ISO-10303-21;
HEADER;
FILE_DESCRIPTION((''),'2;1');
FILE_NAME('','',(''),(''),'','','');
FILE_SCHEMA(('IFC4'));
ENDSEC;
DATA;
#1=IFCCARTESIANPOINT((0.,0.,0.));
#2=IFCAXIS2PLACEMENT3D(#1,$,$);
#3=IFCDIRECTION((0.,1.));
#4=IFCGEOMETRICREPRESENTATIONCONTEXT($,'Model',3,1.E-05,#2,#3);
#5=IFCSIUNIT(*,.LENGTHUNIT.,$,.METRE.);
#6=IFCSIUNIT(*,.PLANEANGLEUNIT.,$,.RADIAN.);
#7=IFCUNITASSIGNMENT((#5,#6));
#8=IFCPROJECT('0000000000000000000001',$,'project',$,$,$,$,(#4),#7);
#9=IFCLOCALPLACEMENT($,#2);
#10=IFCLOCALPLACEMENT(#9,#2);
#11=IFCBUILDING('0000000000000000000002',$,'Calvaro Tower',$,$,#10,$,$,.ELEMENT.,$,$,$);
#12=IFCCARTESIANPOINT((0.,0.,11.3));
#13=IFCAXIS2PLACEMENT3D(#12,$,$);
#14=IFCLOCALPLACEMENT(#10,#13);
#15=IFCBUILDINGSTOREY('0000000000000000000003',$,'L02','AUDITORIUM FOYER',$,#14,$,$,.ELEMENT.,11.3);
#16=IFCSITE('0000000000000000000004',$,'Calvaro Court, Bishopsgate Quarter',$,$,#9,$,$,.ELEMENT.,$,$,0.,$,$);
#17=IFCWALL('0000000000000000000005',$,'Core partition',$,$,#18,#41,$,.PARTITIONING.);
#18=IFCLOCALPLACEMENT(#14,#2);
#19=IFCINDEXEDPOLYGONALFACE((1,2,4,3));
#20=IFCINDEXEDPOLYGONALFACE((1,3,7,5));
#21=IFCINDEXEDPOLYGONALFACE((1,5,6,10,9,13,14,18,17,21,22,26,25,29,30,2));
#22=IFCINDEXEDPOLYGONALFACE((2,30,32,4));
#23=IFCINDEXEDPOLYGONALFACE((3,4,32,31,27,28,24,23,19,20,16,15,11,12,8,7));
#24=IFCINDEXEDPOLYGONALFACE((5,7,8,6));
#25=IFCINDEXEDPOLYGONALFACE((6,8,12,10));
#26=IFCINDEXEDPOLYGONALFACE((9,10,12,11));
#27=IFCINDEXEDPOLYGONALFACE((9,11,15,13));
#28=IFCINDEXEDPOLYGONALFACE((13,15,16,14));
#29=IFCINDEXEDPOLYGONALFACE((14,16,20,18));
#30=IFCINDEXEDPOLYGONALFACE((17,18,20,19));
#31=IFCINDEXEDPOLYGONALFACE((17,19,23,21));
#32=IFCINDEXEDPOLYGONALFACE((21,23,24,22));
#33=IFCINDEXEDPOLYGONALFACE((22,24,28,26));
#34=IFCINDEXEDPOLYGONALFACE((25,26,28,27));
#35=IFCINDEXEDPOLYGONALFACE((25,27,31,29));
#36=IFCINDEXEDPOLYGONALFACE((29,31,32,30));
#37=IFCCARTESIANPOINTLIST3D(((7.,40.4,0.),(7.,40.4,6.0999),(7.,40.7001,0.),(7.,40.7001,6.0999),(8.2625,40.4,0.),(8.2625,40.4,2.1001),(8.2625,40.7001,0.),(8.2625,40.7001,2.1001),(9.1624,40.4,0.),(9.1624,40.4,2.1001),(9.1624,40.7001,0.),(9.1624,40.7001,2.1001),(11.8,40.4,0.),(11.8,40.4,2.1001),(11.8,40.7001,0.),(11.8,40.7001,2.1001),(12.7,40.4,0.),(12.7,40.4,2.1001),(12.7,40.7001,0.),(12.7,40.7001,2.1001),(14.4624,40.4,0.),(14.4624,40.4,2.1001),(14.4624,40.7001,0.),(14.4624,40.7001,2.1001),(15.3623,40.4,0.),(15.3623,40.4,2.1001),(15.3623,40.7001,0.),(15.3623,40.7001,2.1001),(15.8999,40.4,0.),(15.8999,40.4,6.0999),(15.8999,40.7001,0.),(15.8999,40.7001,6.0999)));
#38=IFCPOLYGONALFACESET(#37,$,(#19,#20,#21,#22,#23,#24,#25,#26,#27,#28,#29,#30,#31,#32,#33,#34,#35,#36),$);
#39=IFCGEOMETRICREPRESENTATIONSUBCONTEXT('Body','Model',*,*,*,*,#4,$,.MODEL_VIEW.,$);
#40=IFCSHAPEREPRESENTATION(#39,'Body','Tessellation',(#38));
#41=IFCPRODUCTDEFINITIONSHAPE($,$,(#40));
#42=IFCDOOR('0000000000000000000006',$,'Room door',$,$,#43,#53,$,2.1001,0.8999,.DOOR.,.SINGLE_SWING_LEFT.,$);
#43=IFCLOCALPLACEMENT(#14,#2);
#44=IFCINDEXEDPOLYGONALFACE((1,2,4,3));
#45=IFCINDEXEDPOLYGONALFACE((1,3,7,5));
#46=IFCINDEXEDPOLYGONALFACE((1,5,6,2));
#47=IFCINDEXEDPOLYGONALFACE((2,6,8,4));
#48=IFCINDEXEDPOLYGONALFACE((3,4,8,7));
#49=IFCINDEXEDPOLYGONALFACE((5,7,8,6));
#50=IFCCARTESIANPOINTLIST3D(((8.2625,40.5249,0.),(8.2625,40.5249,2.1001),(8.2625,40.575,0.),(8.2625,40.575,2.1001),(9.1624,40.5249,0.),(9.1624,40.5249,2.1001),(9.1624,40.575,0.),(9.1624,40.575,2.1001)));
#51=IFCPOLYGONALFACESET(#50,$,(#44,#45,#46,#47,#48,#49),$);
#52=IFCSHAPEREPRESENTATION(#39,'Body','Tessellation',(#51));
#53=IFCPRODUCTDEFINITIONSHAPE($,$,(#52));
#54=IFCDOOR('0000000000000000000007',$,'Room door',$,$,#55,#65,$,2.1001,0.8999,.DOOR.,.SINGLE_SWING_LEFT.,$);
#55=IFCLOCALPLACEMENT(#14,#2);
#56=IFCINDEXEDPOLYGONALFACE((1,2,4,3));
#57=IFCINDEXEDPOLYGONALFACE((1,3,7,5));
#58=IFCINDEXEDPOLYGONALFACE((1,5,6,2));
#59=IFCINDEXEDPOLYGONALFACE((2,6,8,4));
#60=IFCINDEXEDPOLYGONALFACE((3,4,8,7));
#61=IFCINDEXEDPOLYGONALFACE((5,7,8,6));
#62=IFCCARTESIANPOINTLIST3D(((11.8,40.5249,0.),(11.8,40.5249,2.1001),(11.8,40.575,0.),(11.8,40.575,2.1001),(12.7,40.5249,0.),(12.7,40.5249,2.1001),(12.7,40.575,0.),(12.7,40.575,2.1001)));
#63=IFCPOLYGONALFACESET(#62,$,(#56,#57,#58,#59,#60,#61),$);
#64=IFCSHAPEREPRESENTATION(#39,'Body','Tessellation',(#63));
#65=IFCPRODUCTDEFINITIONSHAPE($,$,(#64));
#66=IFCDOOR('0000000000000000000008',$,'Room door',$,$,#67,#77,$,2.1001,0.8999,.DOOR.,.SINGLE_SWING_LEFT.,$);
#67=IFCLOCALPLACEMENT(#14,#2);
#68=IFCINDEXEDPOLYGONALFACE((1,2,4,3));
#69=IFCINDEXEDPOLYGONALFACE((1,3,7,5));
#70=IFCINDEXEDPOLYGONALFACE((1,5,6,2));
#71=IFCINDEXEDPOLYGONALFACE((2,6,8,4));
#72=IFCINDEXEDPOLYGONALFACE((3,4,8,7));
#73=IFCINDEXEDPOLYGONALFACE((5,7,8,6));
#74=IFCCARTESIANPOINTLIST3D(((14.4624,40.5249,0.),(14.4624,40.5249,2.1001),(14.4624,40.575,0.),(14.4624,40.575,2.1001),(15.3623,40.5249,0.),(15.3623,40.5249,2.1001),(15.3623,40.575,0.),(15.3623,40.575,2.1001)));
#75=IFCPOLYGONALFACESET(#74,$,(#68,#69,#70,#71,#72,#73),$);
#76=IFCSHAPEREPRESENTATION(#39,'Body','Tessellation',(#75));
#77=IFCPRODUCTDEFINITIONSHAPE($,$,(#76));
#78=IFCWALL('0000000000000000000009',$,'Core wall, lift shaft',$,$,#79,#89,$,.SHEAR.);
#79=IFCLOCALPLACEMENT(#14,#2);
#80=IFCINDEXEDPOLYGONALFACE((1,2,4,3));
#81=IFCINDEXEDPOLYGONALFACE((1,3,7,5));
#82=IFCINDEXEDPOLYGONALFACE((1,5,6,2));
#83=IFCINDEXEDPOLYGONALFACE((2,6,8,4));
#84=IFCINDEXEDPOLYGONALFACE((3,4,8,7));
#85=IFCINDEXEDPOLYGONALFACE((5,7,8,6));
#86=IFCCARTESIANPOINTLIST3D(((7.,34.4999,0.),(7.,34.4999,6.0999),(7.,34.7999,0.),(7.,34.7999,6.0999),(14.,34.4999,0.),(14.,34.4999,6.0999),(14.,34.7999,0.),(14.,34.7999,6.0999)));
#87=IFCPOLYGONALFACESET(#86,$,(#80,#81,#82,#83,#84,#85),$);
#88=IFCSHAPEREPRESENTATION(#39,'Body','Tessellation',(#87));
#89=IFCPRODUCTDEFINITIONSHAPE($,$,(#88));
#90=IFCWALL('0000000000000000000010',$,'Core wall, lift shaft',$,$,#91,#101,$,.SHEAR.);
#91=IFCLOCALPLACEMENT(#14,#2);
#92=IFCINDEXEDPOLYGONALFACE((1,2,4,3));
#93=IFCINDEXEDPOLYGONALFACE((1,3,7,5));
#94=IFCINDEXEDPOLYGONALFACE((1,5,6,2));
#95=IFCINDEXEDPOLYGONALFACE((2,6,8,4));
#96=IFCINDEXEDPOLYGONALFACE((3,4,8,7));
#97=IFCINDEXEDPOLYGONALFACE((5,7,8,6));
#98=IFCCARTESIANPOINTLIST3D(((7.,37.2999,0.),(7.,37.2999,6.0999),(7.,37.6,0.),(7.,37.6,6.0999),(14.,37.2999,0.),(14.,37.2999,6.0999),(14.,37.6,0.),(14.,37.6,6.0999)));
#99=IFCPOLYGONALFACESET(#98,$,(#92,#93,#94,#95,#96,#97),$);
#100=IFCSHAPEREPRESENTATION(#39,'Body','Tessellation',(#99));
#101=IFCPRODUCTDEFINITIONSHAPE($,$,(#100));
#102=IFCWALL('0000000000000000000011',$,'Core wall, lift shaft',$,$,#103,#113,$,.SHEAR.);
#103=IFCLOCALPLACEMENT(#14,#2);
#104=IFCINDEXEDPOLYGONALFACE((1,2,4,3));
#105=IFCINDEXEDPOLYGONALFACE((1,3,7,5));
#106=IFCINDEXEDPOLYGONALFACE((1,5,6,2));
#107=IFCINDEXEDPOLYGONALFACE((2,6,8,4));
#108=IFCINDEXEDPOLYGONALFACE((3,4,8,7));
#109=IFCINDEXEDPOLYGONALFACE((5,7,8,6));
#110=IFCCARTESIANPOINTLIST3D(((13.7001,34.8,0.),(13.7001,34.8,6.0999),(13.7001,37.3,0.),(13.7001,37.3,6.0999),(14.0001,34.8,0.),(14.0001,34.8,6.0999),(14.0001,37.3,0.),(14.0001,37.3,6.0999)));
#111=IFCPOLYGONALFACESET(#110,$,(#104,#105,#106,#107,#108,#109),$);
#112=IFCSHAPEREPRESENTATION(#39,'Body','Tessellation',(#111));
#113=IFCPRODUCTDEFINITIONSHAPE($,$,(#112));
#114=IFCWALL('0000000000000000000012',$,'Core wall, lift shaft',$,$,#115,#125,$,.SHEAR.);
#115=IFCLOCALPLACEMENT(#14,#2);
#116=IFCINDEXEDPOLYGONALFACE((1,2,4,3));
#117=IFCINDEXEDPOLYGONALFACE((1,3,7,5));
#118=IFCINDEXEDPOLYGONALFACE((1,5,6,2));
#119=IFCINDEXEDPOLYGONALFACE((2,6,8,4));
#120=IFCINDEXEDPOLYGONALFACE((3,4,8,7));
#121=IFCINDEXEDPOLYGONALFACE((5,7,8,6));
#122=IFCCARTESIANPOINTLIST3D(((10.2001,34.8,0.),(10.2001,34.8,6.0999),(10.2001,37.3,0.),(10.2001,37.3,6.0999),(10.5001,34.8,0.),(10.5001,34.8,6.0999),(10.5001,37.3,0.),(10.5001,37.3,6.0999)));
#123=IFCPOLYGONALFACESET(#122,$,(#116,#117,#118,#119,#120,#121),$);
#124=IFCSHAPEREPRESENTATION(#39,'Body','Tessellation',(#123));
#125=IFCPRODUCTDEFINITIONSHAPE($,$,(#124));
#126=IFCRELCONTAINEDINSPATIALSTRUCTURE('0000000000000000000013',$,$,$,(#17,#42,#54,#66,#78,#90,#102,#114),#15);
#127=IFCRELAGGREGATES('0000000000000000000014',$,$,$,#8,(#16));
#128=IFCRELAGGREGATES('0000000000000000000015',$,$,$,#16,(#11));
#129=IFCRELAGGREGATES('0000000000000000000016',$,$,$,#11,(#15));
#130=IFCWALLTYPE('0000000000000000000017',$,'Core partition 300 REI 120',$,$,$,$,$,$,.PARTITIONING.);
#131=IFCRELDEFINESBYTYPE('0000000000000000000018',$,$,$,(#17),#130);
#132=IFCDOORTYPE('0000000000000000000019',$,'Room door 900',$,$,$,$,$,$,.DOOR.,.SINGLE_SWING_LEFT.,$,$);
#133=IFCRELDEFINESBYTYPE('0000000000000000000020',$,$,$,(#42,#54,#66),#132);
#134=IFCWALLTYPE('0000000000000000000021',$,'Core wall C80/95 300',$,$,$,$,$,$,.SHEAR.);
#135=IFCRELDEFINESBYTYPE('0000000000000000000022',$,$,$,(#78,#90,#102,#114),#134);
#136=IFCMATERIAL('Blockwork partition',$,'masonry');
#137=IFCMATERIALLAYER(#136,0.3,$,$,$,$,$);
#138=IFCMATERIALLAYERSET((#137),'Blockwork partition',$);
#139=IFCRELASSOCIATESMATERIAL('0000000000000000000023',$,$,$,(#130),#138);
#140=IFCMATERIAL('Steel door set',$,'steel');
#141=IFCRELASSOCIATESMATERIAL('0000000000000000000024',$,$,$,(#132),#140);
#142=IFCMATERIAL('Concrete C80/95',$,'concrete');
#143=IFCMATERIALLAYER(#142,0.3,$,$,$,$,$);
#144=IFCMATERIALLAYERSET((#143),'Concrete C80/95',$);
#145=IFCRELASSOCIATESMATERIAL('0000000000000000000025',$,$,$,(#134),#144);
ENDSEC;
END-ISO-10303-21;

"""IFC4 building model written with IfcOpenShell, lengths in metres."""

from ifc_helpers import new_model, si_unit, direction, frame, frame_2d, origin, place, context, subcontext, project, spatial, rectangle, extrude, material, layer, layer_set, type_object, element, fill, save


model = new_model("IFC4")

# Units and contexts
model_context = context("Model", 3, precision=1e-05, world=origin(), true_north=direction((0.0, 1.0)))
body_context = subcontext(model_context, "Body", "Model", "MODEL_VIEW")
ifc_project = project(units=[si_unit("LENGTHUNIT", "METRE"), si_unit("PLANEANGLEUNIT", "RADIAN")], contexts=[model_context])

# Site, building, storey
site_placement = place(None, origin())
site = spatial("IfcSite", under=ifc_project, at=site_placement, Name="Calvaro Court, Bishopsgate Quarter", CompositionType="ELEMENT", RefElevation=0.0)
building_placement = place(site_placement, origin())
building = spatial("IfcBuilding", under=site, at=building_placement, Name="Calvaro Tower", CompositionType="ELEMENT")
storey_placement = place(building_placement, frame((0.0, 0.0, 11.3)))
storey = spatial("IfcBuildingStorey", under=building, at=storey_placement, Name="L02", Description="AUDITORIUM FOYER", CompositionType="ELEMENT", Elevation=11.3)

# Wall, openings, doors
ifc_material_1 = material(Name="Blockwork partition", Category="masonry")
ifc_layer_1 = layer(ifc_material_1, 0.3)
ifc_layer_set_1 = layer_set([ifc_layer_1], Name="Blockwork partition")
wall_type_1 = type_object("IfcWallType", Name="Core partition 300 REI 120", PredefinedType="PARTITIONING", material=ifc_layer_set_1)
wall_1_placement = place(storey_placement, frame((7.0, 40.55, 0.0), z_axis=(0.0, 0.0, 1.0), x_axis=(1.0, 0.0, 0.0)))
wall_1 = element("IfcWall", 1, at=wall_1_placement, inside=storey, type_object=wall_type_1, Name="Core partition", PredefinedType="PARTITIONING", context=body_context, shape_type="SweptSolid", body=[
    extrude(rectangle(XDim=8.8999, YDim=0.3, at=frame_2d((4.45, 0.0))), origin(), (0.0, 0.0, 1.0), 6.0999),
])
opening_1_placement = place(wall_1_placement, frame((1.2625, 0.0, 0.0)))
opening_1 = element("IfcOpeningElement", 2, at=opening_1_placement, cuts=wall_1, PredefinedType="OPENING", context=body_context, shape_type="SweptSolid", body=[
    extrude(rectangle(XDim=0.8999, YDim=2.1001, at=frame_2d((0.45, 1.05))), frame((0.0, 0.1599, 0.0), z_axis=(0.0, -1.0, 0.0), x_axis=(1.0, 0.0, 0.0)), (0.0, 0.0, 1.0), 0.3201),
])
opening_2_placement = place(wall_1_placement, frame((4.8, 0.0, 0.0)))
opening_2 = element("IfcOpeningElement", 3, at=opening_2_placement, cuts=wall_1, PredefinedType="OPENING", context=body_context, shape_type="SweptSolid", body=[
    extrude(rectangle(XDim=0.8999, YDim=2.1001, at=frame_2d((0.45, 1.05))), frame((0.0, 0.1599, 0.0), z_axis=(0.0, -1.0, 0.0), x_axis=(1.0, 0.0, 0.0)), (0.0, 0.0, 1.0), 0.3201),
])
opening_3_placement = place(wall_1_placement, frame((7.4624, 0.0, 0.0)))
opening_3 = element("IfcOpeningElement", 4, at=opening_3_placement, cuts=wall_1, PredefinedType="OPENING", context=body_context, shape_type="SweptSolid", body=[
    extrude(rectangle(XDim=0.8999, YDim=2.1001, at=frame_2d((0.45, 1.05))), frame((0.0, 0.1599, 0.0), z_axis=(0.0, -1.0, 0.0), x_axis=(1.0, 0.0, 0.0)), (0.0, 0.0, 1.0), 0.3201),
])
ifc_material_2 = material(Name="Steel door set", Category="steel")
door_type = type_object("IfcDoorType", Name="Room door 900", OperationType="SINGLE_SWING_LEFT", PredefinedType="DOOR", material=ifc_material_2)
door_1_placement = place(opening_1_placement, origin())
door_1 = element("IfcDoor", 5, at=door_1_placement, inside=storey, type_object=door_type, Name="Room door", OperationType="SINGLE_SWING_LEFT", OverallHeight=2.1001, OverallWidth=0.8999, PredefinedType="DOOR", context=body_context, shape_type="SweptSolid", body=[
    extrude(rectangle(XDim=0.8999, YDim=2.1001, at=frame_2d((0.45, 1.05))), frame((0.0, 0.0249, 0.0), z_axis=(0.0, -1.0, 0.0), x_axis=(1.0, 0.0, 0.0)), (0.0, 0.0, 1.0), 0.05),
])
fill(opening_1, door_1)
door_2_placement = place(opening_2_placement, origin())
door_2 = element("IfcDoor", 6, at=door_2_placement, inside=storey, type_object=door_type, Name="Room door", OperationType="SINGLE_SWING_LEFT", OverallHeight=2.1001, OverallWidth=0.8999, PredefinedType="DOOR", context=body_context, shape_type="SweptSolid", body=[
    extrude(rectangle(XDim=0.8999, YDim=2.1001, at=frame_2d((0.45, 1.05))), frame((0.0, 0.0249, 0.0), z_axis=(0.0, -1.0, 0.0), x_axis=(1.0, 0.0, 0.0)), (0.0, 0.0, 1.0), 0.05),
])
fill(opening_2, door_2)
door_3_placement = place(opening_3_placement, origin())
door_3 = element("IfcDoor", 7, at=door_3_placement, inside=storey, type_object=door_type, Name="Room door", OperationType="SINGLE_SWING_LEFT", OverallHeight=2.1001, OverallWidth=0.8999, PredefinedType="DOOR", context=body_context, shape_type="SweptSolid", body=[
    extrude(rectangle(XDim=0.8999, YDim=2.1001, at=frame_2d((0.45, 1.05))), frame((0.0, 0.0249, 0.0), z_axis=(0.0, -1.0, 0.0), x_axis=(1.0, 0.0, 0.0)), (0.0, 0.0, 1.0), 0.05),
])
fill(opening_3, door_3)

# Walls
ifc_material_3 = material(Name="Concrete C80/95", Category="concrete")
ifc_layer_2 = layer(ifc_material_3, 0.3)
ifc_layer_set_2 = layer_set([ifc_layer_2], Name="Concrete C80/95")
wall_type_2 = type_object("IfcWallType", Name="Core wall C80/95 300", PredefinedType="SHEAR", material=ifc_layer_set_2)
for number, where, z_axis, x_axis, name in (
    (8, (7.0, 34.6499, 0.0), (0.0, 0.0, 1.0), (1.0, 0.0, 0.0), "Core wall, lift shaft"),
    (9, (7.0, 37.45, 0.0), (0.0, 0.0, 1.0), (1.0, 0.0, 0.0), "Core wall, lift shaft"),
):
    element("IfcWall", number, at=place(storey_placement, frame(where, z_axis=z_axis, x_axis=x_axis)), inside=storey, type_object=wall_type_2, Name=name, PredefinedType="SHEAR", context=body_context, shape_type="SweptSolid", body=[
        extrude(rectangle(XDim=7.0, YDim=0.3, at=frame_2d((3.5, 0.0))), origin(), (0.0, 0.0, 1.0), 6.0999),
    ])
for number, where, z_axis, x_axis, name in (
    (10, (13.8501, 34.8, 0.0), (0.0, 0.0, 1.0), (0.0, 1.0, 0.0), "Core wall, lift shaft"),
    (11, (10.3501, 34.8, 0.0), (0.0, 0.0, 1.0), (0.0, 1.0, 0.0), "Core wall, lift shaft"),
):
    element("IfcWall", number, at=place(storey_placement, frame(where, z_axis=z_axis, x_axis=x_axis)), inside=storey, type_object=wall_type_2, Name=name, PredefinedType="SHEAR", context=body_context, shape_type="SweptSolid", body=[
        extrude(rectangle(XDim=2.5, YDim=0.3, at=frame_2d((1.25, 0.0))), origin(), (0.0, 0.0, 1.0), 6.0999),
    ])

save(model, "model.ifc")
